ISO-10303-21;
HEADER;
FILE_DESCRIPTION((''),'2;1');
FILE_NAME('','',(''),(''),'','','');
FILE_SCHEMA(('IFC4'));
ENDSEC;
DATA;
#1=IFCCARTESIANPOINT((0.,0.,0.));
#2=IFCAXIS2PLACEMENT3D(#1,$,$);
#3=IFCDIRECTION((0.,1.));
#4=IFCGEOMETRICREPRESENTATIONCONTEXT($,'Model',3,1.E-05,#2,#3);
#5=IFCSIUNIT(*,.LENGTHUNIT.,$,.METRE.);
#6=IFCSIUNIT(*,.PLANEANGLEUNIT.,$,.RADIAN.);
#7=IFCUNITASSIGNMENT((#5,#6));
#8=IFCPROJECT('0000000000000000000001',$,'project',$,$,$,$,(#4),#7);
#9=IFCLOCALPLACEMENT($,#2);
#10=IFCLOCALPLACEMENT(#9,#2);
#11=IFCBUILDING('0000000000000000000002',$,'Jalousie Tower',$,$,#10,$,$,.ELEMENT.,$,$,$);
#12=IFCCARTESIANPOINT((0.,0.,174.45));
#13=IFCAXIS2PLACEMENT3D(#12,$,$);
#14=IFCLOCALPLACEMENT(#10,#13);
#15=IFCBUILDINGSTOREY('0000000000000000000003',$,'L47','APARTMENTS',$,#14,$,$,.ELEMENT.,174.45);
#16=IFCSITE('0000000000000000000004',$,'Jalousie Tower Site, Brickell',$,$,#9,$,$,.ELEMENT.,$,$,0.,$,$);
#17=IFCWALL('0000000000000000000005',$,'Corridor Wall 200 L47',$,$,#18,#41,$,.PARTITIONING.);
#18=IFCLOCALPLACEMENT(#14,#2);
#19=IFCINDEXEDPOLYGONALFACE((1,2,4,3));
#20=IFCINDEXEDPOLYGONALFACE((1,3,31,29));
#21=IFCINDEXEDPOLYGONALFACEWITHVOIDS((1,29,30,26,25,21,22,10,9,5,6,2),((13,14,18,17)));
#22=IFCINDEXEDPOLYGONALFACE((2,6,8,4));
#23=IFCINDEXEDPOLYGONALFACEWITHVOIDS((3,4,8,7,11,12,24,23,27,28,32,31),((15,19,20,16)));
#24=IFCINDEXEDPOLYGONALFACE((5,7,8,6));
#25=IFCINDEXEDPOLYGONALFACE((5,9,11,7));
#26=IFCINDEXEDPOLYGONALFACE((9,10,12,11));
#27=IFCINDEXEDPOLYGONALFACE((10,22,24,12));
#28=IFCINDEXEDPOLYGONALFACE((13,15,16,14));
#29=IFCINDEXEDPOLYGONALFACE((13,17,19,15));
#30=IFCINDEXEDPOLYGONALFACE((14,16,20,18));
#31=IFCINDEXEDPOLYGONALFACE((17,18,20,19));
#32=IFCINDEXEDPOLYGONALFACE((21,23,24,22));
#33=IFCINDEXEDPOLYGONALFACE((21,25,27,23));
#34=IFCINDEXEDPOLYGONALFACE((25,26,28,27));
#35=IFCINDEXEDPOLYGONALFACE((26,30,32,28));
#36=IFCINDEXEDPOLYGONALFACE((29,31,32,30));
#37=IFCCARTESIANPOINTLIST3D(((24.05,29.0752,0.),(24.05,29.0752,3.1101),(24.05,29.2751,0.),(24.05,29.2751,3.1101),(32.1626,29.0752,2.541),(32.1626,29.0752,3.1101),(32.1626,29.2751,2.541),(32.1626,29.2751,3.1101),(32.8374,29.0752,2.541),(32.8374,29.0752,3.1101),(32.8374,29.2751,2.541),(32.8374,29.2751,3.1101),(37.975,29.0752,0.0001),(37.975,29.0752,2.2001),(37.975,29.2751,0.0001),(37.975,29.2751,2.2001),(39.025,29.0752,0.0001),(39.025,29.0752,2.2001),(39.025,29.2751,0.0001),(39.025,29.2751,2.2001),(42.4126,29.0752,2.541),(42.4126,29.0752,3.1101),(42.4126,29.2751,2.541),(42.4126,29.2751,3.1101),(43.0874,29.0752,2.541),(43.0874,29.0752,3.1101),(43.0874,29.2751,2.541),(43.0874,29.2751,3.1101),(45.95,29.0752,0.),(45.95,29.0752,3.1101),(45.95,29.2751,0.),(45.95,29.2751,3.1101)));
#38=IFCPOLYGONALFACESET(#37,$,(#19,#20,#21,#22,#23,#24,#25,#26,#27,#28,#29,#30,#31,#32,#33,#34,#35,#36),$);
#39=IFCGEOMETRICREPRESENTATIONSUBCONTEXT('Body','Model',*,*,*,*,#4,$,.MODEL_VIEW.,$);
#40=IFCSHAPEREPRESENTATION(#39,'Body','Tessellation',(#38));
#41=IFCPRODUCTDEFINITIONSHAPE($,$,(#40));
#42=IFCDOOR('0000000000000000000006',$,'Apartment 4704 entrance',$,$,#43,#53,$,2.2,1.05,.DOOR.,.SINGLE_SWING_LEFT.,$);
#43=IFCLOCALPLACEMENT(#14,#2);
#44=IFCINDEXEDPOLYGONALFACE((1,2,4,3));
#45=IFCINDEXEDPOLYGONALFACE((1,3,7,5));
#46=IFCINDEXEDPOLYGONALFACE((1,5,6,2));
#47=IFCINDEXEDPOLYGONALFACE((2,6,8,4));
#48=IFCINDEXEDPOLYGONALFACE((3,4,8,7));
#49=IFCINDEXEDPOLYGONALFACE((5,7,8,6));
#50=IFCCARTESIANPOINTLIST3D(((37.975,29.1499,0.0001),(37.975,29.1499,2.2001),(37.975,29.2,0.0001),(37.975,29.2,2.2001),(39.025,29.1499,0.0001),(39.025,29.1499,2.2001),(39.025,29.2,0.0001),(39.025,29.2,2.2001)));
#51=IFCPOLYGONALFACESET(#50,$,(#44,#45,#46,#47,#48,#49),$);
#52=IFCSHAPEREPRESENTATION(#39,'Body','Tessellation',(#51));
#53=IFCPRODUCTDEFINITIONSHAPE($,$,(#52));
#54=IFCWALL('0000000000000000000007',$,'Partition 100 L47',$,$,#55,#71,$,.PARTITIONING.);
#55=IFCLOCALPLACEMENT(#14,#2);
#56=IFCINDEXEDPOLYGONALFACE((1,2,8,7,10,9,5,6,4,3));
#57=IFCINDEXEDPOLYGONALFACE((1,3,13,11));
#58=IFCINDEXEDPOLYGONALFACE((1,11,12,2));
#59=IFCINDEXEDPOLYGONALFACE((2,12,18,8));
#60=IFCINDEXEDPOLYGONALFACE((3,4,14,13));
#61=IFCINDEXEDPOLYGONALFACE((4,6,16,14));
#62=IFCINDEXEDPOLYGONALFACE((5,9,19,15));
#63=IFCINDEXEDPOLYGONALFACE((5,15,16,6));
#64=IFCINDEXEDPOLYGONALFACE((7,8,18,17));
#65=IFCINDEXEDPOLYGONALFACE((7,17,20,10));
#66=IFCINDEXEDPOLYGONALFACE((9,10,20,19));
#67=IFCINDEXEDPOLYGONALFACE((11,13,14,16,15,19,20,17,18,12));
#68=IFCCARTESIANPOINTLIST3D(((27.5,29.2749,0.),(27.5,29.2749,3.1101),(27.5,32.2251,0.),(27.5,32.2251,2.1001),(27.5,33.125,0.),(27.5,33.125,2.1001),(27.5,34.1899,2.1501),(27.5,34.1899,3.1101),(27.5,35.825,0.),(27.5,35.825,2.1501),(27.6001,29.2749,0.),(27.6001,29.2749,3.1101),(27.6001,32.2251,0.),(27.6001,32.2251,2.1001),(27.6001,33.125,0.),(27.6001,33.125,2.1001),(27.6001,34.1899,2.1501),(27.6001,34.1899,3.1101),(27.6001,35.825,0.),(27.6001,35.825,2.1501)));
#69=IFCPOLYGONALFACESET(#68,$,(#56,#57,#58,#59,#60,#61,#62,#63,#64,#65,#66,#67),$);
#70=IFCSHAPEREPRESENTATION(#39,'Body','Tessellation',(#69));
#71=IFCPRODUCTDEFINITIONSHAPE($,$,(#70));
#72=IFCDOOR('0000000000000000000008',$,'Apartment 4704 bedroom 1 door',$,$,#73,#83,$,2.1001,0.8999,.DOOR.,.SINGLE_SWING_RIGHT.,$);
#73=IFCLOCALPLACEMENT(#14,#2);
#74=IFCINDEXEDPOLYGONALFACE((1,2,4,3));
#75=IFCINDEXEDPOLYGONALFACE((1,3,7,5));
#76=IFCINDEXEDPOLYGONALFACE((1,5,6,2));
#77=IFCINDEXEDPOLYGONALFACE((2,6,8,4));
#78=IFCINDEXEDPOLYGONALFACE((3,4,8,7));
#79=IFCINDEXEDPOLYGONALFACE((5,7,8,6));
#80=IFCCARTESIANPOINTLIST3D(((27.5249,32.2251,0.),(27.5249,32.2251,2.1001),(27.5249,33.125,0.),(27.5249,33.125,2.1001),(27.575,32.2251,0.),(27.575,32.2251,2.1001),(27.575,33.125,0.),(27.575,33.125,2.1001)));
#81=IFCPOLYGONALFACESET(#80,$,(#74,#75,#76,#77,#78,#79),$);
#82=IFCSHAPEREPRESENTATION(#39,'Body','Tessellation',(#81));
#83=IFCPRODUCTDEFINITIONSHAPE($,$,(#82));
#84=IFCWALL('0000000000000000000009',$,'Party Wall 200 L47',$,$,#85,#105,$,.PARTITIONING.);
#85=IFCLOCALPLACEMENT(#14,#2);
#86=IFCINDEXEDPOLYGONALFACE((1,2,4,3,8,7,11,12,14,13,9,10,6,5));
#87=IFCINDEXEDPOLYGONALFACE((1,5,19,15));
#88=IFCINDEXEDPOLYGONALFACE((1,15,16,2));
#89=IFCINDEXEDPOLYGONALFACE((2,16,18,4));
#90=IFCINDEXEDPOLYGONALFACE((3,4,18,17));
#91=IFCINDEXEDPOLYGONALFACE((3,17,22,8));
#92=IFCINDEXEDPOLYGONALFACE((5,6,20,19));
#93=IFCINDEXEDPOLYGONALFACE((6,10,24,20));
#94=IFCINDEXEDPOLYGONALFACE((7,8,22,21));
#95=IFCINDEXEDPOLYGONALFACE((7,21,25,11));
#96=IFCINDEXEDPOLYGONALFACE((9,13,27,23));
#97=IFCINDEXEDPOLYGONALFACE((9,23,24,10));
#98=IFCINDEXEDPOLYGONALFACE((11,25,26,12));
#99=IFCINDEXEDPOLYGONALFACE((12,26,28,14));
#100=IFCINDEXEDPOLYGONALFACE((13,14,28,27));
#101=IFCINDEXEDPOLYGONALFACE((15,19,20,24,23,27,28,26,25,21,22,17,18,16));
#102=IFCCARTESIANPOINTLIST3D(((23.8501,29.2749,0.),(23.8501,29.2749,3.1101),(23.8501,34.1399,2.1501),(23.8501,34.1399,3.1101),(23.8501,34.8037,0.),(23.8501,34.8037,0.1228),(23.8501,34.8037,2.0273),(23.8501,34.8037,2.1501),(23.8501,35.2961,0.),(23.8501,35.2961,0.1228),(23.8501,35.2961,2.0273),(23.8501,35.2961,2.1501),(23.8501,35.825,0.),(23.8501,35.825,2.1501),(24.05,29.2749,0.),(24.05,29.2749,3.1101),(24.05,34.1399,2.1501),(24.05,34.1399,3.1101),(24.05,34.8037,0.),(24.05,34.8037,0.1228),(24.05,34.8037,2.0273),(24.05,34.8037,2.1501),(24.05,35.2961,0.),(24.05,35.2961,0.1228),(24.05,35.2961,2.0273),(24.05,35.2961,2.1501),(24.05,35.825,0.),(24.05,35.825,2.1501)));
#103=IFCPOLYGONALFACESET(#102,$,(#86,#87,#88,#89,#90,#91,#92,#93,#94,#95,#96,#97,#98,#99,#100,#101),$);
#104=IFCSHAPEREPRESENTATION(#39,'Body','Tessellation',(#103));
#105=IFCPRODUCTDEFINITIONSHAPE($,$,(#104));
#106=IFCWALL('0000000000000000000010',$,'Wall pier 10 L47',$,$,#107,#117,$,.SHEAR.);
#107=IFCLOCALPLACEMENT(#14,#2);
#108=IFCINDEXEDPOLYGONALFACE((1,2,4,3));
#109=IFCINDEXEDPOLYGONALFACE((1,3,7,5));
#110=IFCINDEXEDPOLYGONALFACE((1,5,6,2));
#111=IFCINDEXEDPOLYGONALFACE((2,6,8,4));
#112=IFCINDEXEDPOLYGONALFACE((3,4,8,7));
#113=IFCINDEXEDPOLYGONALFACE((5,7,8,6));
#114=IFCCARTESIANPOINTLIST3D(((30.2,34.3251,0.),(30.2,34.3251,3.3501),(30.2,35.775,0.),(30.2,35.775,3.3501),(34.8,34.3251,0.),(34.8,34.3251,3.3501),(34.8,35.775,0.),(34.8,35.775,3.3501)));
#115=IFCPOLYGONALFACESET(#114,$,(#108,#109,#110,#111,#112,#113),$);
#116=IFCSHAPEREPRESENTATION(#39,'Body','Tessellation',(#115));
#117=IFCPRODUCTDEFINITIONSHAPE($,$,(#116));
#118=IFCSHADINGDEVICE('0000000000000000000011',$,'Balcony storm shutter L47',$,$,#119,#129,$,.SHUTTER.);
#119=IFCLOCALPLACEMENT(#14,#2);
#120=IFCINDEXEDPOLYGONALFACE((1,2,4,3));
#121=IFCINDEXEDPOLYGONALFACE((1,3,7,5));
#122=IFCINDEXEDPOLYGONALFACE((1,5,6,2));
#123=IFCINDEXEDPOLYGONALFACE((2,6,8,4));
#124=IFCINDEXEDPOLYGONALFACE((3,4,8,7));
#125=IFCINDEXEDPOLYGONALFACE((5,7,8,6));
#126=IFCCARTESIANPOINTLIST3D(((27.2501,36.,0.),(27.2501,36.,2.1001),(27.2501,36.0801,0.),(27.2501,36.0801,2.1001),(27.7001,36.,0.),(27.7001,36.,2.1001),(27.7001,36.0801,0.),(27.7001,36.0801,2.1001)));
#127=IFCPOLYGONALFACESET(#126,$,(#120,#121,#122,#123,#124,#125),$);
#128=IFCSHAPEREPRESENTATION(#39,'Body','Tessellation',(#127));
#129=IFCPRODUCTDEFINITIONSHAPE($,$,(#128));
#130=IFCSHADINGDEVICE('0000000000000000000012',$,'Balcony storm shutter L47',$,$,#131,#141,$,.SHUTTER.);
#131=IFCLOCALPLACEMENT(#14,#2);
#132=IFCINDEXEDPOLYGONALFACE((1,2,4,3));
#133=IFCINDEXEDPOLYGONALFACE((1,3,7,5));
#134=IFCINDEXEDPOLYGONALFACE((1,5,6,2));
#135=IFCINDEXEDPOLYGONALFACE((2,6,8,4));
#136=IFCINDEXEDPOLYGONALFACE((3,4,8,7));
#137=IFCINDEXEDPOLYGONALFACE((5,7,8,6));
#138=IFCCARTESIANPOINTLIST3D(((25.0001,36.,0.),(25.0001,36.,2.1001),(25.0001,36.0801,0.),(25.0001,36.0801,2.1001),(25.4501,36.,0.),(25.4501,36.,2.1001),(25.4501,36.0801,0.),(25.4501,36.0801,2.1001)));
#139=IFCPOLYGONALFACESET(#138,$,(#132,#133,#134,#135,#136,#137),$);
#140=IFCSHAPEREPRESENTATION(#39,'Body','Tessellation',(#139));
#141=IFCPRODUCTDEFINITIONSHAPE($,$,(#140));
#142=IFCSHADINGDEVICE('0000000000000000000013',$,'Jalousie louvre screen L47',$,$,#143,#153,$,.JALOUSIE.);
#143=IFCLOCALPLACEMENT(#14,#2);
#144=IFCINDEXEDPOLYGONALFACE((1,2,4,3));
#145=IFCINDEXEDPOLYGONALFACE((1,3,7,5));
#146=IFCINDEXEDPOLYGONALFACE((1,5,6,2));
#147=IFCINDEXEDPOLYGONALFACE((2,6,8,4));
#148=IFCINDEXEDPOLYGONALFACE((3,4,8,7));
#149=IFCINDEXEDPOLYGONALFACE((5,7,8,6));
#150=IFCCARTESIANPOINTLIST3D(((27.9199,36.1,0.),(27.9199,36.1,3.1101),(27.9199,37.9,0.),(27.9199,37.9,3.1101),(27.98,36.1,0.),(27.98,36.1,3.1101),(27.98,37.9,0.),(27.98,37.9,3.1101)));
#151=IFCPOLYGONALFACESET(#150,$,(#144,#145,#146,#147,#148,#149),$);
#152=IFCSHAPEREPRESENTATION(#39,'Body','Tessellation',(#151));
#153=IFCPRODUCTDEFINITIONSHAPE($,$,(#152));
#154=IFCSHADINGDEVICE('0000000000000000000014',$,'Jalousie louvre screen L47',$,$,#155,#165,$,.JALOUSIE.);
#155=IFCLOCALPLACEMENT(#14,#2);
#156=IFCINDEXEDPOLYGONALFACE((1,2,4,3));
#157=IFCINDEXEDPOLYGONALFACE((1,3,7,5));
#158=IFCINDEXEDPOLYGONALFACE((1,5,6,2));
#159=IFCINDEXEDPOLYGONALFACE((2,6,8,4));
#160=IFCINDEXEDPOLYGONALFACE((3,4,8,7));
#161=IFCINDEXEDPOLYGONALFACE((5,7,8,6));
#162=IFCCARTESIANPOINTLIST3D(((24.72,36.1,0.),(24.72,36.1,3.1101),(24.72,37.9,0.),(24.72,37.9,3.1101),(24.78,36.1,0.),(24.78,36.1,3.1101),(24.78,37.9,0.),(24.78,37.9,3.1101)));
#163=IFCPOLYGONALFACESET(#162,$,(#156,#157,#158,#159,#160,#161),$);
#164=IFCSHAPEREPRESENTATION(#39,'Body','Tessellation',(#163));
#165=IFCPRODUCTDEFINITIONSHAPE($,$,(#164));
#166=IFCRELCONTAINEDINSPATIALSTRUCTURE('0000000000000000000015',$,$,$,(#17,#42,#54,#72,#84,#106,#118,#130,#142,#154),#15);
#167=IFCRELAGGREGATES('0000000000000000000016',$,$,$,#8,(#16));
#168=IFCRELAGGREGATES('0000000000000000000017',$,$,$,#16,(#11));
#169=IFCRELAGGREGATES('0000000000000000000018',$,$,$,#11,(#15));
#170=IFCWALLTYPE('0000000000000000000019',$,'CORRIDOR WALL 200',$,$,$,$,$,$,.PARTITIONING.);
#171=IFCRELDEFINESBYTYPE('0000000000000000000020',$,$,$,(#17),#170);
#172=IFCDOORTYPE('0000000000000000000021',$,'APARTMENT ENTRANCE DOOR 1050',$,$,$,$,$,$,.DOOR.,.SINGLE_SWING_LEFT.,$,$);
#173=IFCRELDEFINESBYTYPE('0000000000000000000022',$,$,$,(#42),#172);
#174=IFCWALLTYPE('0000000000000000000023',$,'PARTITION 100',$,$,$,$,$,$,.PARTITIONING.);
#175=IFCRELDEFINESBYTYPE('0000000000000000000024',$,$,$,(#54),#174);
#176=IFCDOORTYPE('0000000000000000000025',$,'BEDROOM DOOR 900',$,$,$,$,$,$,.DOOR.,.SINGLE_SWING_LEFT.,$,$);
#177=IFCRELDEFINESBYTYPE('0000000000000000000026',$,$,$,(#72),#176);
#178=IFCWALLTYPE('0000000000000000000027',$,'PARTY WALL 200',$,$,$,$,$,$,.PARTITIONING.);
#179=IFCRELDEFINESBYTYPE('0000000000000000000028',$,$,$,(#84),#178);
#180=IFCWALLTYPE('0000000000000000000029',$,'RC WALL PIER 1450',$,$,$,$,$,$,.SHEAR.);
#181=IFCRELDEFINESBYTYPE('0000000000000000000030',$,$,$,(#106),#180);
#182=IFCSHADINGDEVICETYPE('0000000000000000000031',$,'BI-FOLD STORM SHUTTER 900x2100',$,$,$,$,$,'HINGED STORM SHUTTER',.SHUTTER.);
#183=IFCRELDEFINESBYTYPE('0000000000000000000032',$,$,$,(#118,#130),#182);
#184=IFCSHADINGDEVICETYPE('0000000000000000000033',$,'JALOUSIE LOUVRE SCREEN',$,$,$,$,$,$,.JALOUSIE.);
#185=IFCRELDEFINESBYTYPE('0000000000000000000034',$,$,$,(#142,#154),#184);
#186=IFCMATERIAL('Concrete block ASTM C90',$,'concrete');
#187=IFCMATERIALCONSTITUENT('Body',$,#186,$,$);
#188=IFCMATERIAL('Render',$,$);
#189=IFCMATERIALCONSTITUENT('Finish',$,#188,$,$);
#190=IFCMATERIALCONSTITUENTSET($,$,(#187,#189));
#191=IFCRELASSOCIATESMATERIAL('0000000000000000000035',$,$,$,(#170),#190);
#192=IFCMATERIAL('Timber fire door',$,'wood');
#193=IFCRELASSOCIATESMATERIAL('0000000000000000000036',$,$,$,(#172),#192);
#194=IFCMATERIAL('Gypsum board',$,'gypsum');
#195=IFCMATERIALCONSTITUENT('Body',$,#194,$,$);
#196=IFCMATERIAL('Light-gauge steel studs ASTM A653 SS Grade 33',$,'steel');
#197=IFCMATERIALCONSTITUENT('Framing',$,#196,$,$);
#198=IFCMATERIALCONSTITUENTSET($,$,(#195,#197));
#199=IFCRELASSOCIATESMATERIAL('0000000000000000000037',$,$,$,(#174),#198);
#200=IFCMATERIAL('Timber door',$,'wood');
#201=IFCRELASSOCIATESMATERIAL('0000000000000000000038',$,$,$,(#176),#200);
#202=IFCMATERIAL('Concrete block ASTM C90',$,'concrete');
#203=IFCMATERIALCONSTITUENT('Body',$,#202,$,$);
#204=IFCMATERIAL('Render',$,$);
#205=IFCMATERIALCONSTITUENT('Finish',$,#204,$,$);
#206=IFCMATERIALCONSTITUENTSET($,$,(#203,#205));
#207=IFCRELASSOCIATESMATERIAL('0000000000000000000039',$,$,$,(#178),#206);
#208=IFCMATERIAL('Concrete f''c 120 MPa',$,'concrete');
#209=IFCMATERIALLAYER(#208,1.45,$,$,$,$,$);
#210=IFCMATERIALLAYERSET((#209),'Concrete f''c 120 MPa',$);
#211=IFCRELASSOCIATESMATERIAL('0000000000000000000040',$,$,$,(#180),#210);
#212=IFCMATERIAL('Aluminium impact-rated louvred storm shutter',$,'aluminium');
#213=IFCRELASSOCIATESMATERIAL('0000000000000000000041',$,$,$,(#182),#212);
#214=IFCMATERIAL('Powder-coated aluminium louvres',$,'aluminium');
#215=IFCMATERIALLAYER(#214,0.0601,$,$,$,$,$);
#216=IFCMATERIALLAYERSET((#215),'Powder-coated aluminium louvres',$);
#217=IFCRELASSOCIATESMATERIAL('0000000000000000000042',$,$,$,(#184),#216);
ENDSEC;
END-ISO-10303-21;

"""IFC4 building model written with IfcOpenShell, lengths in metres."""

from ifc_helpers import new_model, si_unit, direction, frame, frame_2d, origin, origin_2d, place, context, subcontext, project, spatial, polyline, rectangle, outline, extrude, material, layer, layer_set, constituent, constituent_set, type_object, element, fill, save


model = new_model("IFC4")

# Units and contexts
model_context = context("Model", 3, precision=1e-05, world=origin(), true_north=direction((0.0, 1.0)))
body_context = subcontext(model_context, "Body", "Model", "MODEL_VIEW")
ifc_project = project(units=[si_unit("LENGTHUNIT", "METRE"), si_unit("PLANEANGLEUNIT", "RADIAN")], contexts=[model_context])

# Site, building, storey
site_placement = place(None, origin())
site = spatial("IfcSite", under=ifc_project, at=site_placement, Name="Jalousie Tower Site, Brickell", CompositionType="ELEMENT", RefElevation=0.0)
building_placement = place(site_placement, origin())
building = spatial("IfcBuilding", under=site, at=building_placement, Name="Jalousie Tower", CompositionType="ELEMENT")
storey_placement = place(building_placement, frame((0.0, 0.0, 174.45)))
storey = spatial("IfcBuildingStorey", under=building, at=storey_placement, Name="L47", Description="APARTMENTS", CompositionType="ELEMENT", Elevation=174.45)

# Walls, openings, doors
ifc_material_1 = material(Name="Concrete block ASTM C90", Category="concrete")
ifc_constituent_1 = constituent(ifc_material_1, Name="Body")
ifc_material_2 = material(Name="Render")
ifc_constituent_2 = constituent(ifc_material_2, Name="Finish")
ifc_constituent_set_1 = constituent_set(constituents=[ifc_constituent_1, ifc_constituent_2])
wall_type_1 = type_object("IfcWallType", Name="CORRIDOR WALL 200", PredefinedType="PARTITIONING", material=ifc_constituent_set_1)
wall_1_placement = place(storey_placement, frame((24.05, 29.175, 0.0), z_axis=(0.0, 0.0, 1.0), x_axis=(1.0, 0.0, 0.0)))
wall_1 = element("IfcWall", 1, at=wall_1_placement, inside=storey, type_object=wall_type_1, Name="Corridor Wall 200 L47", PredefinedType="PARTITIONING", context=body_context, shape_type="SweptSolid", body=[
    extrude(outline(polyline([(0.0, 0.0), (21.8999, 0.0), (21.8999, 3.1101), (19.0374, 3.1101), (19.0374, 2.541), (18.3625, 2.541), (18.3625, 3.1101), (8.7874, 3.1101), (8.7874, 2.541), (8.1125, 2.541), (8.1125, 3.1101), (0.0, 3.1101), (0.0, 0.0)])), frame((0.0, 0.1001, 0.0), z_axis=(0.0, -1.0, 0.0), x_axis=(1.0, 0.0, 0.0)), (0.0, 0.0, 1.0), 0.2),
])
opening_1_placement = place(wall_1_placement, frame((13.925, 0.0, 0.0)))
opening_1 = element("IfcOpeningElement", 2, at=opening_1_placement, cuts=wall_1, PredefinedType="OPENING", context=body_context, shape_type="SweptSolid", body=[
    extrude(rectangle(XDim=1.05, YDim=2.2, at=frame_2d((0.5249, 1.1001))), frame((0.0, 0.1099, 0.0), z_axis=(0.0, -1.0, 0.0), x_axis=(1.0, 0.0, 0.0)), (0.0, 0.0, 1.0), 0.22),
])
ifc_material_3 = material(Name="Timber fire door", Category="wood")
door_type_1 = type_object("IfcDoorType", Name="APARTMENT ENTRANCE DOOR 1050", OperationType="SINGLE_SWING_LEFT", PredefinedType="DOOR", material=ifc_material_3)
door_1_placement = place(opening_1_placement, origin())
door_1 = element("IfcDoor", 3, at=door_1_placement, inside=storey, type_object=door_type_1, Name="Apartment 4704 entrance", OperationType="SINGLE_SWING_LEFT", OverallHeight=2.2, OverallWidth=1.05, PredefinedType="DOOR", context=body_context, shape_type="SweptSolid", body=[
    extrude(rectangle(XDim=1.05, YDim=2.2, at=frame_2d((0.5249, 1.1001))), frame((0.0, 0.0249, 0.0), z_axis=(0.0, -1.0, 0.0), x_axis=(1.0, 0.0, 0.0)), (0.0, 0.0, 1.0), 0.05),
])
fill(opening_1, door_1)
ifc_material_4 = material(Name="Gypsum board", Category="gypsum")
ifc_constituent_3 = constituent(ifc_material_4, Name="Body")
ifc_material_5 = material(Name="Light-gauge steel studs ASTM A653 SS Grade 33", Category="steel")
ifc_constituent_4 = constituent(ifc_material_5, Name="Framing")
ifc_constituent_set_2 = constituent_set(constituents=[ifc_constituent_3, ifc_constituent_4])
wall_type_2 = type_object("IfcWallType", Name="PARTITION 100", PredefinedType="PARTITIONING", material=ifc_constituent_set_2)
wall_2_placement = place(storey_placement, frame((27.55, 35.825, 0.0), z_axis=(0.0, 0.0, 1.0), x_axis=(0.0, -1.0, 0.0)))
wall_2 = element("IfcWall", 4, at=wall_2_placement, inside=storey, type_object=wall_type_2, Name="Partition 100 L47", PredefinedType="PARTITIONING", context=body_context, shape_type="SweptSolid", body=[
    extrude(outline(polyline([(0.0, 0.0), (6.55, 0.0), (6.55, 3.1101), (1.635, 3.1101), (1.635, 2.1501), (0.0, 2.1501), (0.0, 3.1101), (0.0, 0.0)])), frame((0.0, 0.05, 0.0), z_axis=(0.0, -1.0, 0.0), x_axis=(1.0, 0.0, 0.0)), (0.0, 0.0, 1.0), 0.1001),
])
opening_2_placement = place(wall_2_placement, frame((2.7, 0.0, 0.0)))
opening_2 = element("IfcOpeningElement", 5, at=opening_2_placement, cuts=wall_2, PredefinedType="OPENING", context=body_context, shape_type="SweptSolid", body=[
    extrude(rectangle(XDim=0.8999, YDim=2.1001, at=frame_2d((0.45, 1.05))), frame((0.0, 0.0601, 0.0), z_axis=(0.0, -1.0, 0.0), x_axis=(1.0, 0.0, 0.0)), (0.0, 0.0, 1.0), 0.1201),
])
ifc_material_6 = material(Name="Timber door", Category="wood")
door_type_2 = type_object("IfcDoorType", Name="BEDROOM DOOR 900", OperationType="SINGLE_SWING_LEFT", PredefinedType="DOOR", material=ifc_material_6)
door_2_placement = place(opening_2_placement, origin())
door_2 = element("IfcDoor", 6, at=door_2_placement, inside=storey, type_object=door_type_2, Name="Apartment 4704 bedroom 1 door", OperationType="SINGLE_SWING_RIGHT", OverallHeight=2.1001, OverallWidth=0.8999, PredefinedType="DOOR", context=body_context, shape_type="SweptSolid", body=[
    extrude(rectangle(XDim=0.8999, YDim=2.1001, at=frame_2d((0.45, 1.05))), frame((0.0, 0.0249, 0.0), z_axis=(0.0, -1.0, 0.0), x_axis=(1.0, 0.0, 0.0)), (0.0, 0.0, 1.0), 0.05),
])
fill(opening_2, door_2)

# Walls
ifc_material_7 = material(Name="Concrete block ASTM C90", Category="concrete")
ifc_constituent_5 = constituent(ifc_material_7, Name="Body")
ifc_material_8 = material(Name="Render")
ifc_constituent_6 = constituent(ifc_material_8, Name="Finish")
ifc_constituent_set_3 = constituent_set(constituents=[ifc_constituent_5, ifc_constituent_6])
wall_type_3 = type_object("IfcWallType", Name="PARTY WALL 200", PredefinedType="PARTITIONING", material=ifc_constituent_set_3)
wall_3_placement = place(storey_placement, frame((23.95, 35.825, 0.0), z_axis=(0.0, 0.0, 1.0), x_axis=(0.0, -1.0, 0.0)))
element("IfcWall", 7, at=wall_3_placement, inside=storey, type_object=wall_type_3, Name="Party Wall 200 L47", PredefinedType="PARTITIONING", context=body_context, shape_type="SweptSolid", body=[
    extrude(outline(polyline([(0.5288, 2.1501), (0.0, 2.1501), (0.0, 0.0), (0.5288, 0.0), (0.5288, 0.1228), (1.0212, 0.1228), (1.0212, 0.0), (6.55, 0.0), (6.55, 3.1101), (1.6851, 3.1101), (1.6851, 2.1501), (1.0212, 2.1501), (1.0212, 2.0273), (0.5288, 2.0273), (0.5288, 2.1501)])), frame((0.0, 0.1001, 0.0), z_axis=(0.0, -1.0, 0.0), x_axis=(1.0, 0.0, 0.0)), (0.0, 0.0, 1.0), 0.2),
])
ifc_material_9 = material(Name="Concrete f'c 120 MPa", Category="concrete")
ifc_layer_1 = layer(ifc_material_9, 1.45)
ifc_layer_set_1 = layer_set([ifc_layer_1], Name="Concrete f'c 120 MPa")
wall_type_4 = type_object("IfcWallType", Name="RC WALL PIER 1450", PredefinedType="SHEAR", material=ifc_layer_set_1)
wall_4_placement = place(storey_placement, frame((30.2, 35.05, 0.0), z_axis=(0.0, 0.0, 1.0), x_axis=(1.0, 0.0, 0.0)))
element("IfcWall", 8, at=wall_4_placement, inside=storey, type_object=wall_type_4, Name="Wall pier 10 L47", PredefinedType="SHEAR", context=body_context, shape_type="SweptSolid", body=[
    extrude(rectangle(XDim=4.6001, YDim=1.45, at=frame_2d((2.3, 0.0))), origin(), (0.0, 0.0, 1.0), 3.3501),
])

# Shading devices
ifc_material_10 = material(Name="Aluminium impact-rated louvred storm shutter", Category="aluminium")
shading_device_type_1 = type_object("IfcShadingDeviceType", Name="BI-FOLD STORM SHUTTER 900x2100", ElementType="HINGED STORM SHUTTER", PredefinedType="SHUTTER", material=ifc_material_10)
for number, where, z_axis, x_axis, name in (
    (9, (27.4751, 36.04, 0.0), (0.0, 0.0, 1.0), (-1.0, 0.0, 0.0), "Balcony storm shutter L47"),
    (10, (25.2251, 36.04, 0.0), (0.0, 0.0, 1.0), (-1.0, 0.0, 0.0), "Balcony storm shutter L47"),
):
    element("IfcShadingDevice", number, at=place(storey_placement, frame(where, z_axis=z_axis, x_axis=x_axis)), inside=storey, type_object=shading_device_type_1, Name=name, PredefinedType="SHUTTER", context=body_context, shape_type="SweptSolid", body=[
        extrude(rectangle(XDim=0.45, YDim=0.0801, at=origin_2d()), origin(), (0.0, 0.0, 1.0), 2.1001),
    ])

# Shading devices
ifc_material_11 = material(Name="Powder-coated aluminium louvres", Category="aluminium")
ifc_layer_2 = layer(ifc_material_11, 0.0601)
ifc_layer_set_2 = layer_set([ifc_layer_2], Name="Powder-coated aluminium louvres")
shading_device_type_2 = type_object("IfcShadingDeviceType", Name="JALOUSIE LOUVRE SCREEN", PredefinedType="JALOUSIE", material=ifc_layer_set_2)
for number, where, z_axis, x_axis, name in (
    (11, (27.95, 37.0, 0.0), (0.0, 0.0, 1.0), (-1.0, 0.0, 0.0), "Jalousie louvre screen L47"),
    (12, (24.75, 37.0, 0.0), (0.0, 0.0, 1.0), (-1.0, 0.0, 0.0), "Jalousie louvre screen L47"),
):
    element("IfcShadingDevice", number, at=place(storey_placement, frame(where, z_axis=z_axis, x_axis=x_axis)), inside=storey, type_object=shading_device_type_2, Name=name, PredefinedType="JALOUSIE", context=body_context, shape_type="SweptSolid", body=[
        extrude(rectangle(XDim=0.0601, YDim=1.8, at=origin_2d()), origin(), (0.0, 0.0, 1.0), 3.1101),
    ])

save(model, "model.ifc")
